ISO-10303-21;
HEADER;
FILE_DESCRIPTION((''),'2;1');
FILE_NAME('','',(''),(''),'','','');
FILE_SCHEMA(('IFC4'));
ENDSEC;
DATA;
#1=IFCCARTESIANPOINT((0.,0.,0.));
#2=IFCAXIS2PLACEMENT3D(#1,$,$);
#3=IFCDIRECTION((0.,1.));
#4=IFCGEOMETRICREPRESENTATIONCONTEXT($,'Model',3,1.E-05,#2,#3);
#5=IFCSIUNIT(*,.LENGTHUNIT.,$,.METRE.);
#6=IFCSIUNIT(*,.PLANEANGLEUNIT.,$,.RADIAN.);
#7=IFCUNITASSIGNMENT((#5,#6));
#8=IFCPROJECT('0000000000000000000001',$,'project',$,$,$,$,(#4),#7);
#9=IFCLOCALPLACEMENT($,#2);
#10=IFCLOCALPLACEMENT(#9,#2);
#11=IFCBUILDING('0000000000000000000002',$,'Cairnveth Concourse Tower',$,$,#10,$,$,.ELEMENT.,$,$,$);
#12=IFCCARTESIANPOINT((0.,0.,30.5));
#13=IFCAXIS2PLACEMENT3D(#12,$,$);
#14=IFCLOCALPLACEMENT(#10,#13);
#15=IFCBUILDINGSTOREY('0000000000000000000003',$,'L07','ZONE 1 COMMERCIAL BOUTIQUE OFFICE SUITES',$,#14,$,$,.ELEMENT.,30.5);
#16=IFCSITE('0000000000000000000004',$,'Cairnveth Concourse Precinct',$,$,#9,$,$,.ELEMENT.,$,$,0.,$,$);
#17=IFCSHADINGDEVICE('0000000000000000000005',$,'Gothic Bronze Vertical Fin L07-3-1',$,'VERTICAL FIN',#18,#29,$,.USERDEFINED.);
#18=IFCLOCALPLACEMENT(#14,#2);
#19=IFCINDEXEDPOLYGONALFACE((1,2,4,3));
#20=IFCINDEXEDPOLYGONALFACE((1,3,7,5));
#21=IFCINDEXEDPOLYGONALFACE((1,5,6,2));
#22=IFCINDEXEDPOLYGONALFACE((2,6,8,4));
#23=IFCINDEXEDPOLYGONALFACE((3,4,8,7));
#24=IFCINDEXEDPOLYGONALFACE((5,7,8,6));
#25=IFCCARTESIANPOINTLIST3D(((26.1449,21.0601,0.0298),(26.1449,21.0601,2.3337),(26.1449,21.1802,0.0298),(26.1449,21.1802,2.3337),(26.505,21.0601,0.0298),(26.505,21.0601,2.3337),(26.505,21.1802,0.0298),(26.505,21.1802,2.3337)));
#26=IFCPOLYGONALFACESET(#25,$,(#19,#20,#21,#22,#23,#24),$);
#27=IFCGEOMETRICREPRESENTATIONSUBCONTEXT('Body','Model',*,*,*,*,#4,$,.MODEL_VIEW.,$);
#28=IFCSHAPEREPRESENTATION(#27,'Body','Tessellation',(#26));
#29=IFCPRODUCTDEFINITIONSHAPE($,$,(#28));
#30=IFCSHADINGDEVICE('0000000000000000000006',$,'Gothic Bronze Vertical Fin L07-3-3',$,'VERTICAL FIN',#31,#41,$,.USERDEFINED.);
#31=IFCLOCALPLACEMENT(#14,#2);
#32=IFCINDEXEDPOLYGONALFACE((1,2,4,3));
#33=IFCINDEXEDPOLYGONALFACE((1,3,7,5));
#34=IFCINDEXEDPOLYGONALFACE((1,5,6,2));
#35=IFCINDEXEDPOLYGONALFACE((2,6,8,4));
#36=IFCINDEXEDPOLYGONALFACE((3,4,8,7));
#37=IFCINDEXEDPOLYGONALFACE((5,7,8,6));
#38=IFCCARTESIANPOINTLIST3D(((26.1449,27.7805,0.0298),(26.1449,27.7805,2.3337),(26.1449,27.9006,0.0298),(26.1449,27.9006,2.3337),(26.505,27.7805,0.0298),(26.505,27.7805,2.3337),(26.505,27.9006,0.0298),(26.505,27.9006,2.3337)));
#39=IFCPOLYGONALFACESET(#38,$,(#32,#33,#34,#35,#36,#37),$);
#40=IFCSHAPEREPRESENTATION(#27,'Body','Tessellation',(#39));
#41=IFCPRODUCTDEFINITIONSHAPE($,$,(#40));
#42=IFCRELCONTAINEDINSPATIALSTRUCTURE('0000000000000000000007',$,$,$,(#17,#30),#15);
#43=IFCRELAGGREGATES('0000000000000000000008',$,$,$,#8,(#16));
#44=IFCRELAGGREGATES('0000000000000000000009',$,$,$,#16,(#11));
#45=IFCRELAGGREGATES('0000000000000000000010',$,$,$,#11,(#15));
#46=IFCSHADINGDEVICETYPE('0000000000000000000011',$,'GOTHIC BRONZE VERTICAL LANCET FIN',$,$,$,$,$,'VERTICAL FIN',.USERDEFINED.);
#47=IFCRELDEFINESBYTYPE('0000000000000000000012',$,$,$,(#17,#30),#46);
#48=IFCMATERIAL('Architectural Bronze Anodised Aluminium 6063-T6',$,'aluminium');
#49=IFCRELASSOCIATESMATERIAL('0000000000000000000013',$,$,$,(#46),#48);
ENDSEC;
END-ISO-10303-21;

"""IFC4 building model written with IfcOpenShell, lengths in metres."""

from ifc_helpers import new_model, si_unit, direction, frame, origin, origin_2d, place, context, subcontext, project, spatial, rectangle, extrude, material, type_object, element, save


model = new_model("IFC4")

# Units and contexts
model_context = context("Model", 3, precision=1e-05, world=origin(), true_north=direction((0.0, 1.0)))
body_context = subcontext(model_context, "Body", "Model", "MODEL_VIEW")
ifc_project = project(units=[si_unit("LENGTHUNIT", "METRE"), si_unit("PLANEANGLEUNIT", "RADIAN")], contexts=[model_context])

# Site, building, storey
site_placement = place(None, origin())
site = spatial("IfcSite", under=ifc_project, at=site_placement, Name="Cairnveth Concourse Precinct", CompositionType="ELEMENT", RefElevation=0.0)
building_placement = place(site_placement, origin())
building = spatial("IfcBuilding", under=site, at=building_placement, Name="Cairnveth Concourse Tower", CompositionType="ELEMENT")
storey_placement = place(building_placement, frame((0.0, 0.0, 30.5)))
storey = spatial("IfcBuildingStorey", under=building, at=storey_placement, Name="L07", Description="ZONE 1 COMMERCIAL BOUTIQUE OFFICE SUITES", CompositionType="ELEMENT", Elevation=30.5)

# Shading devices
ifc_material_1 = material(Name="Architectural Bronze Anodised Aluminium 6063-T6", Category="aluminium")
shading_device_type = type_object("IfcShadingDeviceType", Name="GOTHIC BRONZE VERTICAL LANCET FIN", ElementType="VERTICAL FIN", PredefinedType="USERDEFINED", material=ifc_material_1)
for number, where, z_axis, x_axis, name in (
    (1, (26.325, 21.1201, 0.0298), (0.0, 0.0, 1.0), (0.0, 1.0, 0.0), "Gothic Bronze Vertical Fin L07-3-1"),
    (2, (26.325, 27.8406, 0.0298), (0.0, 0.0, 1.0), (0.0, 1.0, 0.0), "Gothic Bronze Vertical Fin L07-3-3"),
):
    element("IfcShadingDevice", number, at=place(storey_placement, frame(where, z_axis=z_axis, x_axis=x_axis)), inside=storey, type_object=shading_device_type, Name=name, ObjectType="VERTICAL FIN", PredefinedType="USERDEFINED", context=body_context, shape_type="SweptSolid", body=[
        extrude(rectangle(XDim=0.1201, YDim=0.3601, at=origin_2d()), origin(), (0.0, 0.0, 1.0), 2.304),
    ])

save(model, "model.ifc")
